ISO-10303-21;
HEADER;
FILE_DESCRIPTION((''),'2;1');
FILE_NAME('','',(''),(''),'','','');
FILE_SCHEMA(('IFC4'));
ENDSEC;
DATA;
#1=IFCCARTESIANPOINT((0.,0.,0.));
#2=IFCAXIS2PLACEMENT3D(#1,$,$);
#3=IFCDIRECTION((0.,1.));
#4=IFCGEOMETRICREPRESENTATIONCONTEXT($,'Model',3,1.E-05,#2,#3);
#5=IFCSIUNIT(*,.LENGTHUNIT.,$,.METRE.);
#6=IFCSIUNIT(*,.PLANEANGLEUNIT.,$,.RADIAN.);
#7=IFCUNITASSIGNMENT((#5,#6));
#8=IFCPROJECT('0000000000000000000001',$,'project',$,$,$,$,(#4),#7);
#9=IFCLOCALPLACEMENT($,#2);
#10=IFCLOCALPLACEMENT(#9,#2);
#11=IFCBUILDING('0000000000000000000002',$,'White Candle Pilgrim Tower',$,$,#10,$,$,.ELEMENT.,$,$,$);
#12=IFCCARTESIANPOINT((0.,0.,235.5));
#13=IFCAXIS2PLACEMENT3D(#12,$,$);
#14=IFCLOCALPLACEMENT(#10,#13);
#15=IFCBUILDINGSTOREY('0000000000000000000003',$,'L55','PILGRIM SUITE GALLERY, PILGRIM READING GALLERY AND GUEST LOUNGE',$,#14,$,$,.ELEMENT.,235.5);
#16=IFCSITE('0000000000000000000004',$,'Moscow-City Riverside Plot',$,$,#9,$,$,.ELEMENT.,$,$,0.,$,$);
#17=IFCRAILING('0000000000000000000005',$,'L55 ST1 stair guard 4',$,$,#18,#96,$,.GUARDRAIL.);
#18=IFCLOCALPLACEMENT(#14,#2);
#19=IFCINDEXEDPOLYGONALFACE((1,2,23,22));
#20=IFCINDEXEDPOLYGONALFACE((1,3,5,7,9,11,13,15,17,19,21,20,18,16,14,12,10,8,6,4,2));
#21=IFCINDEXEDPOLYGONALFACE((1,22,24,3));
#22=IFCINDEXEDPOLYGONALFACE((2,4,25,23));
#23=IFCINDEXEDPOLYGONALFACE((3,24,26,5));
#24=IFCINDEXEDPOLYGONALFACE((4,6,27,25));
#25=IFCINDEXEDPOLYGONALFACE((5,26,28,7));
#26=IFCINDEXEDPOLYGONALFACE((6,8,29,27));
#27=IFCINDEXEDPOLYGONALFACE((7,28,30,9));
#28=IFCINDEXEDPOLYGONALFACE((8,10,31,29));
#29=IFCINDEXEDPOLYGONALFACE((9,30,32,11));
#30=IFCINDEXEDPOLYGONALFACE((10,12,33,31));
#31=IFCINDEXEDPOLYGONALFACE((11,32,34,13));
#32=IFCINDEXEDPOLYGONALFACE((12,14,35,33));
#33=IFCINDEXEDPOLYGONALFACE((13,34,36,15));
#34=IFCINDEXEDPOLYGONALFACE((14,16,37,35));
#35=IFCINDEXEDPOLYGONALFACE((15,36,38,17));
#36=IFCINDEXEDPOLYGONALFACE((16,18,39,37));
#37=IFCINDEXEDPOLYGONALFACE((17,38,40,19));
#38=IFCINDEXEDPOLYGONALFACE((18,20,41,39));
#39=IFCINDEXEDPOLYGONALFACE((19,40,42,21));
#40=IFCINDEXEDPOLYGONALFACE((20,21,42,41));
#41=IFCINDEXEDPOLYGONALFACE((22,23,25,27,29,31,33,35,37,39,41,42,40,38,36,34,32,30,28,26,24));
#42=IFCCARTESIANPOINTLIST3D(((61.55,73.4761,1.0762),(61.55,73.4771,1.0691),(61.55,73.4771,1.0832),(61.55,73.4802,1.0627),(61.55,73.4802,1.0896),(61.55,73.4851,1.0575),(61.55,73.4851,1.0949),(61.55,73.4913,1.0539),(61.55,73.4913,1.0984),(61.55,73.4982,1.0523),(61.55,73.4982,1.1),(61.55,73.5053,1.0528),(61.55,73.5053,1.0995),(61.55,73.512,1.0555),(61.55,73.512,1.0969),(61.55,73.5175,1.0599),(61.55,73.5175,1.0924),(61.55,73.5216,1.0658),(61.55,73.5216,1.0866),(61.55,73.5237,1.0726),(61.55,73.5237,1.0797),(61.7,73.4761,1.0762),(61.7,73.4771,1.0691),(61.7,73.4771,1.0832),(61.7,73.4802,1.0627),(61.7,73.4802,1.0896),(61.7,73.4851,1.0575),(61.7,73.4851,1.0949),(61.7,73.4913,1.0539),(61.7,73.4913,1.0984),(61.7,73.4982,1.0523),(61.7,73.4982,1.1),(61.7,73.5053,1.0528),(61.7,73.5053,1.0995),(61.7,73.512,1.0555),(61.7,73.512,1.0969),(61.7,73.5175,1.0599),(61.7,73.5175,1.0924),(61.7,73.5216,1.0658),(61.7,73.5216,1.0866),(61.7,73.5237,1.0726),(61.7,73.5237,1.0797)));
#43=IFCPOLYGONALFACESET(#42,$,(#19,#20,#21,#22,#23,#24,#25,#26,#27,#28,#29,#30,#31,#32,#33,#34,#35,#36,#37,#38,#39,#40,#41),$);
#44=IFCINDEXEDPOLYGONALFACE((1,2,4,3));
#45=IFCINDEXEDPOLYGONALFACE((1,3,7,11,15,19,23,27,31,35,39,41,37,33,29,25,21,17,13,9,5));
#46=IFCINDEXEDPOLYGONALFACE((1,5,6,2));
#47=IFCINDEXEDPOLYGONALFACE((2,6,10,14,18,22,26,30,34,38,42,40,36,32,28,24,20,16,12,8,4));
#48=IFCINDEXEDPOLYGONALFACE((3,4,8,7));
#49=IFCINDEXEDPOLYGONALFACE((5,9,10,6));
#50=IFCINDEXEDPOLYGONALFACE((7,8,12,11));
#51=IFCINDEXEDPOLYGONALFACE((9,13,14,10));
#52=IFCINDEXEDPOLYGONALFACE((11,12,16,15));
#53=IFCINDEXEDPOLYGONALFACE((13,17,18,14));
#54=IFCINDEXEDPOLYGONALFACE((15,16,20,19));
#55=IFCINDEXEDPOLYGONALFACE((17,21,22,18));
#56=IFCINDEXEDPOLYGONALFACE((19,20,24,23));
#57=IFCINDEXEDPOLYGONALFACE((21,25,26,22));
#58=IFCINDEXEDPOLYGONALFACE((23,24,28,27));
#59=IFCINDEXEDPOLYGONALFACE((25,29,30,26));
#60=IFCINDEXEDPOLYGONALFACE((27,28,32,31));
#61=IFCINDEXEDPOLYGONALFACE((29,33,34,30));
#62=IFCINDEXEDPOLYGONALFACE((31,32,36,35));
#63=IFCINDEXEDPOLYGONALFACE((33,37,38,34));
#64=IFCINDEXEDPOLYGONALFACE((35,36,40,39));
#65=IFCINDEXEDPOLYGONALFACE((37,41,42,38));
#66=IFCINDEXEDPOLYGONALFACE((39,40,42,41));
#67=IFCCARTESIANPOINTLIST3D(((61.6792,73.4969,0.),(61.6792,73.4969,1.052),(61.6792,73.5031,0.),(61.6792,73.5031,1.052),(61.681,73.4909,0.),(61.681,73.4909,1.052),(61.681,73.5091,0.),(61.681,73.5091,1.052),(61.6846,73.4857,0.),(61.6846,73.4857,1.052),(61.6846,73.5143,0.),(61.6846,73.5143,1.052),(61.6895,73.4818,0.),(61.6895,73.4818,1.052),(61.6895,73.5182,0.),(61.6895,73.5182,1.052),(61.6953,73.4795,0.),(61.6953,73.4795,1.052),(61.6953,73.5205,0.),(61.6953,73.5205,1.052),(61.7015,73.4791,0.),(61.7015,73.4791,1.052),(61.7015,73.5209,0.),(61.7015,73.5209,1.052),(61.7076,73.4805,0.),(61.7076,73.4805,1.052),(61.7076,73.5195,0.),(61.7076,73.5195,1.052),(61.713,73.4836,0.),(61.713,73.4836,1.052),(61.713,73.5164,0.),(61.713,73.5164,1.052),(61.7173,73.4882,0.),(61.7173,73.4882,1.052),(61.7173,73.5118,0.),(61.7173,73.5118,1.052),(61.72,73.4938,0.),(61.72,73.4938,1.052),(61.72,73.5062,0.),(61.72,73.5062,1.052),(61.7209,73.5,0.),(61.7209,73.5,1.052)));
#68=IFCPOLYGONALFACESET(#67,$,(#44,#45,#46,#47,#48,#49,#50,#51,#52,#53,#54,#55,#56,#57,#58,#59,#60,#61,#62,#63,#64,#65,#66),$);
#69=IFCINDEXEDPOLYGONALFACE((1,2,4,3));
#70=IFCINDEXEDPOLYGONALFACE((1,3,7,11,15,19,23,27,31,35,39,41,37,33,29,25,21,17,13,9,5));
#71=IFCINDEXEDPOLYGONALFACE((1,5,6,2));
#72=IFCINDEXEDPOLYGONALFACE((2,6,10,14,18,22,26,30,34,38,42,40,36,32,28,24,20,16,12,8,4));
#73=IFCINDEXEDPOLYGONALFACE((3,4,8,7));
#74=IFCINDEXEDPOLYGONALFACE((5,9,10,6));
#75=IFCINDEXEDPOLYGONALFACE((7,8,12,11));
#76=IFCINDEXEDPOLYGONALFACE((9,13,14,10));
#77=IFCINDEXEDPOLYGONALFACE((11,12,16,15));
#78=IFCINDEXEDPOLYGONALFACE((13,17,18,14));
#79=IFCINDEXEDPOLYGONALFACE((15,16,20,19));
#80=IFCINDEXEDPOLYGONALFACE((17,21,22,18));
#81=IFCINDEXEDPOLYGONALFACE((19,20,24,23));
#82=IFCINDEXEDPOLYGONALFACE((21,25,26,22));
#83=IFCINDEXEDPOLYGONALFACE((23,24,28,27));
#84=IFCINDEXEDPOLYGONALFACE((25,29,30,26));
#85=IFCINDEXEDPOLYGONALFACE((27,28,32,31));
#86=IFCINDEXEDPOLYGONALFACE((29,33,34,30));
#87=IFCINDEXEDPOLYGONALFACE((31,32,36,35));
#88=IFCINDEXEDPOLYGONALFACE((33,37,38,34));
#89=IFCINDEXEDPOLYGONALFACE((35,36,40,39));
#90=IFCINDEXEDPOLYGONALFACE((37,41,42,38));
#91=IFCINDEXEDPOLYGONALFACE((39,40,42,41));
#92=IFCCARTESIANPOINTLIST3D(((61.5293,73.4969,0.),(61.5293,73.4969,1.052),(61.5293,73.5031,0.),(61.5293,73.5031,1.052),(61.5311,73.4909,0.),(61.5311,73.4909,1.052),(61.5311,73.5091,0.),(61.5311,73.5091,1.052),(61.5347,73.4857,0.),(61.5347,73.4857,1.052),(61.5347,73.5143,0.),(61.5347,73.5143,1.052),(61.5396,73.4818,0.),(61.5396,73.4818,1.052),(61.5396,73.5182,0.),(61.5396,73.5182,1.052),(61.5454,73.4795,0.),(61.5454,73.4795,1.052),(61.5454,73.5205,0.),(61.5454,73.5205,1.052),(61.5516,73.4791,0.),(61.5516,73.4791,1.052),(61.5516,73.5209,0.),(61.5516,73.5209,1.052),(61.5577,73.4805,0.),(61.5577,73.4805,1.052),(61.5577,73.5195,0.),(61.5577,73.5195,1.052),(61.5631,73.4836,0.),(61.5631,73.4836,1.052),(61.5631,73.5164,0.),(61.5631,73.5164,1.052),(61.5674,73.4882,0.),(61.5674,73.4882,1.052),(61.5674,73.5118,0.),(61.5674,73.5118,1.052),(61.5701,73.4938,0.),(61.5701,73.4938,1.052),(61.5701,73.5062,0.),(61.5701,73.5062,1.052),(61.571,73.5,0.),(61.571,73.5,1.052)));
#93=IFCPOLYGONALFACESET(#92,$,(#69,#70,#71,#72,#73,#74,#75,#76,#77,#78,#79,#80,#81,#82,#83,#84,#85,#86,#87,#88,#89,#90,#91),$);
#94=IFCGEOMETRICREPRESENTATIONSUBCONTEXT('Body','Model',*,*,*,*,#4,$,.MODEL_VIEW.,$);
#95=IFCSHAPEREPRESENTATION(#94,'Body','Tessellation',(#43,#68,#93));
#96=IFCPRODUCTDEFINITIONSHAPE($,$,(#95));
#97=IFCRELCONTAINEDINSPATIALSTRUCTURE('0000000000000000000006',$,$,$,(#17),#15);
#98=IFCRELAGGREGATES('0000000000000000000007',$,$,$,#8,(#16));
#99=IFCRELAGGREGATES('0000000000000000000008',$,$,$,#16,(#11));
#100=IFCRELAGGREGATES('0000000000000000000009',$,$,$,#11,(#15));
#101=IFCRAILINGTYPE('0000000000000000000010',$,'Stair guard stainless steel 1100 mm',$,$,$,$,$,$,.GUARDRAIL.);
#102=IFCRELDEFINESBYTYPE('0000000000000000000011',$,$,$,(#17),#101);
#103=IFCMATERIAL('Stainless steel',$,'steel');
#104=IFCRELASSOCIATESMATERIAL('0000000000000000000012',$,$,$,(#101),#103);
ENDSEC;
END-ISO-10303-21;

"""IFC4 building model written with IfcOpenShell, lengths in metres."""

from ifc_helpers import new_model, si_unit, direction, frame, origin, origin_2d, place, context, subcontext, project, spatial, circle, extrude, material, type_object, element, save


model = new_model("IFC4")

# Units and contexts
model_context = context("Model", 3, precision=1e-05, world=origin(), true_north=direction((0.0, 1.0)))
body_context = subcontext(model_context, "Body", "Model", "MODEL_VIEW")
ifc_project = project(units=[si_unit("LENGTHUNIT", "METRE"), si_unit("PLANEANGLEUNIT", "RADIAN")], contexts=[model_context])

# Site, building, storey
site_placement = place(None, origin())
site = spatial("IfcSite", under=ifc_project, at=site_placement, Name="Moscow-City Riverside Plot", CompositionType="ELEMENT", RefElevation=0.0)
building_placement = place(site_placement, origin())
building = spatial("IfcBuilding", under=site, at=building_placement, Name="White Candle Pilgrim Tower", CompositionType="ELEMENT")
storey_placement = place(building_placement, frame((0.0, 0.0, 235.5)))
storey = spatial("IfcBuildingStorey", under=building, at=storey_placement, Name="L55", Description="PILGRIM SUITE GALLERY, PILGRIM READING GALLERY AND GUEST LOUNGE", CompositionType="ELEMENT", Elevation=235.5)

# Railing
ifc_material_1 = material(Name="Stainless steel", Category="steel")
railing_type_1 = type_object("IfcRailingType", Name="Stair guard stainless steel 1100 mm", PredefinedType="GUARDRAIL", material=ifc_material_1)
railing_1_placement = place(storey_placement, frame((61.7, 73.5, 0.0)))
element("IfcRailing", 1, at=railing_1_placement, inside=storey, type_object=railing_type_1, Name="L55 ST1 stair guard 4", PredefinedType="GUARDRAIL", context=body_context, shape_type="SweptSolid", body=[
    extrude(circle(Radius=0.0239, at=origin_2d()), frame((0.0, 0.0, 1.0762), z_axis=(-1.0, 0.0, 0.0), x_axis=(0.0, -1.0, 0.0)), (0.0, 0.0, 1.0), 0.1499),
    extrude(circle(Radius=0.021, at=origin_2d()), origin(), (0.0, 0.0, 1.0), 1.052),
    extrude(circle(Radius=0.021, at=origin_2d()), frame((-0.1499, 0.0, 0.0)), (0.0, 0.0, 1.0), 1.052),
])

save(model, "model.ifc")
